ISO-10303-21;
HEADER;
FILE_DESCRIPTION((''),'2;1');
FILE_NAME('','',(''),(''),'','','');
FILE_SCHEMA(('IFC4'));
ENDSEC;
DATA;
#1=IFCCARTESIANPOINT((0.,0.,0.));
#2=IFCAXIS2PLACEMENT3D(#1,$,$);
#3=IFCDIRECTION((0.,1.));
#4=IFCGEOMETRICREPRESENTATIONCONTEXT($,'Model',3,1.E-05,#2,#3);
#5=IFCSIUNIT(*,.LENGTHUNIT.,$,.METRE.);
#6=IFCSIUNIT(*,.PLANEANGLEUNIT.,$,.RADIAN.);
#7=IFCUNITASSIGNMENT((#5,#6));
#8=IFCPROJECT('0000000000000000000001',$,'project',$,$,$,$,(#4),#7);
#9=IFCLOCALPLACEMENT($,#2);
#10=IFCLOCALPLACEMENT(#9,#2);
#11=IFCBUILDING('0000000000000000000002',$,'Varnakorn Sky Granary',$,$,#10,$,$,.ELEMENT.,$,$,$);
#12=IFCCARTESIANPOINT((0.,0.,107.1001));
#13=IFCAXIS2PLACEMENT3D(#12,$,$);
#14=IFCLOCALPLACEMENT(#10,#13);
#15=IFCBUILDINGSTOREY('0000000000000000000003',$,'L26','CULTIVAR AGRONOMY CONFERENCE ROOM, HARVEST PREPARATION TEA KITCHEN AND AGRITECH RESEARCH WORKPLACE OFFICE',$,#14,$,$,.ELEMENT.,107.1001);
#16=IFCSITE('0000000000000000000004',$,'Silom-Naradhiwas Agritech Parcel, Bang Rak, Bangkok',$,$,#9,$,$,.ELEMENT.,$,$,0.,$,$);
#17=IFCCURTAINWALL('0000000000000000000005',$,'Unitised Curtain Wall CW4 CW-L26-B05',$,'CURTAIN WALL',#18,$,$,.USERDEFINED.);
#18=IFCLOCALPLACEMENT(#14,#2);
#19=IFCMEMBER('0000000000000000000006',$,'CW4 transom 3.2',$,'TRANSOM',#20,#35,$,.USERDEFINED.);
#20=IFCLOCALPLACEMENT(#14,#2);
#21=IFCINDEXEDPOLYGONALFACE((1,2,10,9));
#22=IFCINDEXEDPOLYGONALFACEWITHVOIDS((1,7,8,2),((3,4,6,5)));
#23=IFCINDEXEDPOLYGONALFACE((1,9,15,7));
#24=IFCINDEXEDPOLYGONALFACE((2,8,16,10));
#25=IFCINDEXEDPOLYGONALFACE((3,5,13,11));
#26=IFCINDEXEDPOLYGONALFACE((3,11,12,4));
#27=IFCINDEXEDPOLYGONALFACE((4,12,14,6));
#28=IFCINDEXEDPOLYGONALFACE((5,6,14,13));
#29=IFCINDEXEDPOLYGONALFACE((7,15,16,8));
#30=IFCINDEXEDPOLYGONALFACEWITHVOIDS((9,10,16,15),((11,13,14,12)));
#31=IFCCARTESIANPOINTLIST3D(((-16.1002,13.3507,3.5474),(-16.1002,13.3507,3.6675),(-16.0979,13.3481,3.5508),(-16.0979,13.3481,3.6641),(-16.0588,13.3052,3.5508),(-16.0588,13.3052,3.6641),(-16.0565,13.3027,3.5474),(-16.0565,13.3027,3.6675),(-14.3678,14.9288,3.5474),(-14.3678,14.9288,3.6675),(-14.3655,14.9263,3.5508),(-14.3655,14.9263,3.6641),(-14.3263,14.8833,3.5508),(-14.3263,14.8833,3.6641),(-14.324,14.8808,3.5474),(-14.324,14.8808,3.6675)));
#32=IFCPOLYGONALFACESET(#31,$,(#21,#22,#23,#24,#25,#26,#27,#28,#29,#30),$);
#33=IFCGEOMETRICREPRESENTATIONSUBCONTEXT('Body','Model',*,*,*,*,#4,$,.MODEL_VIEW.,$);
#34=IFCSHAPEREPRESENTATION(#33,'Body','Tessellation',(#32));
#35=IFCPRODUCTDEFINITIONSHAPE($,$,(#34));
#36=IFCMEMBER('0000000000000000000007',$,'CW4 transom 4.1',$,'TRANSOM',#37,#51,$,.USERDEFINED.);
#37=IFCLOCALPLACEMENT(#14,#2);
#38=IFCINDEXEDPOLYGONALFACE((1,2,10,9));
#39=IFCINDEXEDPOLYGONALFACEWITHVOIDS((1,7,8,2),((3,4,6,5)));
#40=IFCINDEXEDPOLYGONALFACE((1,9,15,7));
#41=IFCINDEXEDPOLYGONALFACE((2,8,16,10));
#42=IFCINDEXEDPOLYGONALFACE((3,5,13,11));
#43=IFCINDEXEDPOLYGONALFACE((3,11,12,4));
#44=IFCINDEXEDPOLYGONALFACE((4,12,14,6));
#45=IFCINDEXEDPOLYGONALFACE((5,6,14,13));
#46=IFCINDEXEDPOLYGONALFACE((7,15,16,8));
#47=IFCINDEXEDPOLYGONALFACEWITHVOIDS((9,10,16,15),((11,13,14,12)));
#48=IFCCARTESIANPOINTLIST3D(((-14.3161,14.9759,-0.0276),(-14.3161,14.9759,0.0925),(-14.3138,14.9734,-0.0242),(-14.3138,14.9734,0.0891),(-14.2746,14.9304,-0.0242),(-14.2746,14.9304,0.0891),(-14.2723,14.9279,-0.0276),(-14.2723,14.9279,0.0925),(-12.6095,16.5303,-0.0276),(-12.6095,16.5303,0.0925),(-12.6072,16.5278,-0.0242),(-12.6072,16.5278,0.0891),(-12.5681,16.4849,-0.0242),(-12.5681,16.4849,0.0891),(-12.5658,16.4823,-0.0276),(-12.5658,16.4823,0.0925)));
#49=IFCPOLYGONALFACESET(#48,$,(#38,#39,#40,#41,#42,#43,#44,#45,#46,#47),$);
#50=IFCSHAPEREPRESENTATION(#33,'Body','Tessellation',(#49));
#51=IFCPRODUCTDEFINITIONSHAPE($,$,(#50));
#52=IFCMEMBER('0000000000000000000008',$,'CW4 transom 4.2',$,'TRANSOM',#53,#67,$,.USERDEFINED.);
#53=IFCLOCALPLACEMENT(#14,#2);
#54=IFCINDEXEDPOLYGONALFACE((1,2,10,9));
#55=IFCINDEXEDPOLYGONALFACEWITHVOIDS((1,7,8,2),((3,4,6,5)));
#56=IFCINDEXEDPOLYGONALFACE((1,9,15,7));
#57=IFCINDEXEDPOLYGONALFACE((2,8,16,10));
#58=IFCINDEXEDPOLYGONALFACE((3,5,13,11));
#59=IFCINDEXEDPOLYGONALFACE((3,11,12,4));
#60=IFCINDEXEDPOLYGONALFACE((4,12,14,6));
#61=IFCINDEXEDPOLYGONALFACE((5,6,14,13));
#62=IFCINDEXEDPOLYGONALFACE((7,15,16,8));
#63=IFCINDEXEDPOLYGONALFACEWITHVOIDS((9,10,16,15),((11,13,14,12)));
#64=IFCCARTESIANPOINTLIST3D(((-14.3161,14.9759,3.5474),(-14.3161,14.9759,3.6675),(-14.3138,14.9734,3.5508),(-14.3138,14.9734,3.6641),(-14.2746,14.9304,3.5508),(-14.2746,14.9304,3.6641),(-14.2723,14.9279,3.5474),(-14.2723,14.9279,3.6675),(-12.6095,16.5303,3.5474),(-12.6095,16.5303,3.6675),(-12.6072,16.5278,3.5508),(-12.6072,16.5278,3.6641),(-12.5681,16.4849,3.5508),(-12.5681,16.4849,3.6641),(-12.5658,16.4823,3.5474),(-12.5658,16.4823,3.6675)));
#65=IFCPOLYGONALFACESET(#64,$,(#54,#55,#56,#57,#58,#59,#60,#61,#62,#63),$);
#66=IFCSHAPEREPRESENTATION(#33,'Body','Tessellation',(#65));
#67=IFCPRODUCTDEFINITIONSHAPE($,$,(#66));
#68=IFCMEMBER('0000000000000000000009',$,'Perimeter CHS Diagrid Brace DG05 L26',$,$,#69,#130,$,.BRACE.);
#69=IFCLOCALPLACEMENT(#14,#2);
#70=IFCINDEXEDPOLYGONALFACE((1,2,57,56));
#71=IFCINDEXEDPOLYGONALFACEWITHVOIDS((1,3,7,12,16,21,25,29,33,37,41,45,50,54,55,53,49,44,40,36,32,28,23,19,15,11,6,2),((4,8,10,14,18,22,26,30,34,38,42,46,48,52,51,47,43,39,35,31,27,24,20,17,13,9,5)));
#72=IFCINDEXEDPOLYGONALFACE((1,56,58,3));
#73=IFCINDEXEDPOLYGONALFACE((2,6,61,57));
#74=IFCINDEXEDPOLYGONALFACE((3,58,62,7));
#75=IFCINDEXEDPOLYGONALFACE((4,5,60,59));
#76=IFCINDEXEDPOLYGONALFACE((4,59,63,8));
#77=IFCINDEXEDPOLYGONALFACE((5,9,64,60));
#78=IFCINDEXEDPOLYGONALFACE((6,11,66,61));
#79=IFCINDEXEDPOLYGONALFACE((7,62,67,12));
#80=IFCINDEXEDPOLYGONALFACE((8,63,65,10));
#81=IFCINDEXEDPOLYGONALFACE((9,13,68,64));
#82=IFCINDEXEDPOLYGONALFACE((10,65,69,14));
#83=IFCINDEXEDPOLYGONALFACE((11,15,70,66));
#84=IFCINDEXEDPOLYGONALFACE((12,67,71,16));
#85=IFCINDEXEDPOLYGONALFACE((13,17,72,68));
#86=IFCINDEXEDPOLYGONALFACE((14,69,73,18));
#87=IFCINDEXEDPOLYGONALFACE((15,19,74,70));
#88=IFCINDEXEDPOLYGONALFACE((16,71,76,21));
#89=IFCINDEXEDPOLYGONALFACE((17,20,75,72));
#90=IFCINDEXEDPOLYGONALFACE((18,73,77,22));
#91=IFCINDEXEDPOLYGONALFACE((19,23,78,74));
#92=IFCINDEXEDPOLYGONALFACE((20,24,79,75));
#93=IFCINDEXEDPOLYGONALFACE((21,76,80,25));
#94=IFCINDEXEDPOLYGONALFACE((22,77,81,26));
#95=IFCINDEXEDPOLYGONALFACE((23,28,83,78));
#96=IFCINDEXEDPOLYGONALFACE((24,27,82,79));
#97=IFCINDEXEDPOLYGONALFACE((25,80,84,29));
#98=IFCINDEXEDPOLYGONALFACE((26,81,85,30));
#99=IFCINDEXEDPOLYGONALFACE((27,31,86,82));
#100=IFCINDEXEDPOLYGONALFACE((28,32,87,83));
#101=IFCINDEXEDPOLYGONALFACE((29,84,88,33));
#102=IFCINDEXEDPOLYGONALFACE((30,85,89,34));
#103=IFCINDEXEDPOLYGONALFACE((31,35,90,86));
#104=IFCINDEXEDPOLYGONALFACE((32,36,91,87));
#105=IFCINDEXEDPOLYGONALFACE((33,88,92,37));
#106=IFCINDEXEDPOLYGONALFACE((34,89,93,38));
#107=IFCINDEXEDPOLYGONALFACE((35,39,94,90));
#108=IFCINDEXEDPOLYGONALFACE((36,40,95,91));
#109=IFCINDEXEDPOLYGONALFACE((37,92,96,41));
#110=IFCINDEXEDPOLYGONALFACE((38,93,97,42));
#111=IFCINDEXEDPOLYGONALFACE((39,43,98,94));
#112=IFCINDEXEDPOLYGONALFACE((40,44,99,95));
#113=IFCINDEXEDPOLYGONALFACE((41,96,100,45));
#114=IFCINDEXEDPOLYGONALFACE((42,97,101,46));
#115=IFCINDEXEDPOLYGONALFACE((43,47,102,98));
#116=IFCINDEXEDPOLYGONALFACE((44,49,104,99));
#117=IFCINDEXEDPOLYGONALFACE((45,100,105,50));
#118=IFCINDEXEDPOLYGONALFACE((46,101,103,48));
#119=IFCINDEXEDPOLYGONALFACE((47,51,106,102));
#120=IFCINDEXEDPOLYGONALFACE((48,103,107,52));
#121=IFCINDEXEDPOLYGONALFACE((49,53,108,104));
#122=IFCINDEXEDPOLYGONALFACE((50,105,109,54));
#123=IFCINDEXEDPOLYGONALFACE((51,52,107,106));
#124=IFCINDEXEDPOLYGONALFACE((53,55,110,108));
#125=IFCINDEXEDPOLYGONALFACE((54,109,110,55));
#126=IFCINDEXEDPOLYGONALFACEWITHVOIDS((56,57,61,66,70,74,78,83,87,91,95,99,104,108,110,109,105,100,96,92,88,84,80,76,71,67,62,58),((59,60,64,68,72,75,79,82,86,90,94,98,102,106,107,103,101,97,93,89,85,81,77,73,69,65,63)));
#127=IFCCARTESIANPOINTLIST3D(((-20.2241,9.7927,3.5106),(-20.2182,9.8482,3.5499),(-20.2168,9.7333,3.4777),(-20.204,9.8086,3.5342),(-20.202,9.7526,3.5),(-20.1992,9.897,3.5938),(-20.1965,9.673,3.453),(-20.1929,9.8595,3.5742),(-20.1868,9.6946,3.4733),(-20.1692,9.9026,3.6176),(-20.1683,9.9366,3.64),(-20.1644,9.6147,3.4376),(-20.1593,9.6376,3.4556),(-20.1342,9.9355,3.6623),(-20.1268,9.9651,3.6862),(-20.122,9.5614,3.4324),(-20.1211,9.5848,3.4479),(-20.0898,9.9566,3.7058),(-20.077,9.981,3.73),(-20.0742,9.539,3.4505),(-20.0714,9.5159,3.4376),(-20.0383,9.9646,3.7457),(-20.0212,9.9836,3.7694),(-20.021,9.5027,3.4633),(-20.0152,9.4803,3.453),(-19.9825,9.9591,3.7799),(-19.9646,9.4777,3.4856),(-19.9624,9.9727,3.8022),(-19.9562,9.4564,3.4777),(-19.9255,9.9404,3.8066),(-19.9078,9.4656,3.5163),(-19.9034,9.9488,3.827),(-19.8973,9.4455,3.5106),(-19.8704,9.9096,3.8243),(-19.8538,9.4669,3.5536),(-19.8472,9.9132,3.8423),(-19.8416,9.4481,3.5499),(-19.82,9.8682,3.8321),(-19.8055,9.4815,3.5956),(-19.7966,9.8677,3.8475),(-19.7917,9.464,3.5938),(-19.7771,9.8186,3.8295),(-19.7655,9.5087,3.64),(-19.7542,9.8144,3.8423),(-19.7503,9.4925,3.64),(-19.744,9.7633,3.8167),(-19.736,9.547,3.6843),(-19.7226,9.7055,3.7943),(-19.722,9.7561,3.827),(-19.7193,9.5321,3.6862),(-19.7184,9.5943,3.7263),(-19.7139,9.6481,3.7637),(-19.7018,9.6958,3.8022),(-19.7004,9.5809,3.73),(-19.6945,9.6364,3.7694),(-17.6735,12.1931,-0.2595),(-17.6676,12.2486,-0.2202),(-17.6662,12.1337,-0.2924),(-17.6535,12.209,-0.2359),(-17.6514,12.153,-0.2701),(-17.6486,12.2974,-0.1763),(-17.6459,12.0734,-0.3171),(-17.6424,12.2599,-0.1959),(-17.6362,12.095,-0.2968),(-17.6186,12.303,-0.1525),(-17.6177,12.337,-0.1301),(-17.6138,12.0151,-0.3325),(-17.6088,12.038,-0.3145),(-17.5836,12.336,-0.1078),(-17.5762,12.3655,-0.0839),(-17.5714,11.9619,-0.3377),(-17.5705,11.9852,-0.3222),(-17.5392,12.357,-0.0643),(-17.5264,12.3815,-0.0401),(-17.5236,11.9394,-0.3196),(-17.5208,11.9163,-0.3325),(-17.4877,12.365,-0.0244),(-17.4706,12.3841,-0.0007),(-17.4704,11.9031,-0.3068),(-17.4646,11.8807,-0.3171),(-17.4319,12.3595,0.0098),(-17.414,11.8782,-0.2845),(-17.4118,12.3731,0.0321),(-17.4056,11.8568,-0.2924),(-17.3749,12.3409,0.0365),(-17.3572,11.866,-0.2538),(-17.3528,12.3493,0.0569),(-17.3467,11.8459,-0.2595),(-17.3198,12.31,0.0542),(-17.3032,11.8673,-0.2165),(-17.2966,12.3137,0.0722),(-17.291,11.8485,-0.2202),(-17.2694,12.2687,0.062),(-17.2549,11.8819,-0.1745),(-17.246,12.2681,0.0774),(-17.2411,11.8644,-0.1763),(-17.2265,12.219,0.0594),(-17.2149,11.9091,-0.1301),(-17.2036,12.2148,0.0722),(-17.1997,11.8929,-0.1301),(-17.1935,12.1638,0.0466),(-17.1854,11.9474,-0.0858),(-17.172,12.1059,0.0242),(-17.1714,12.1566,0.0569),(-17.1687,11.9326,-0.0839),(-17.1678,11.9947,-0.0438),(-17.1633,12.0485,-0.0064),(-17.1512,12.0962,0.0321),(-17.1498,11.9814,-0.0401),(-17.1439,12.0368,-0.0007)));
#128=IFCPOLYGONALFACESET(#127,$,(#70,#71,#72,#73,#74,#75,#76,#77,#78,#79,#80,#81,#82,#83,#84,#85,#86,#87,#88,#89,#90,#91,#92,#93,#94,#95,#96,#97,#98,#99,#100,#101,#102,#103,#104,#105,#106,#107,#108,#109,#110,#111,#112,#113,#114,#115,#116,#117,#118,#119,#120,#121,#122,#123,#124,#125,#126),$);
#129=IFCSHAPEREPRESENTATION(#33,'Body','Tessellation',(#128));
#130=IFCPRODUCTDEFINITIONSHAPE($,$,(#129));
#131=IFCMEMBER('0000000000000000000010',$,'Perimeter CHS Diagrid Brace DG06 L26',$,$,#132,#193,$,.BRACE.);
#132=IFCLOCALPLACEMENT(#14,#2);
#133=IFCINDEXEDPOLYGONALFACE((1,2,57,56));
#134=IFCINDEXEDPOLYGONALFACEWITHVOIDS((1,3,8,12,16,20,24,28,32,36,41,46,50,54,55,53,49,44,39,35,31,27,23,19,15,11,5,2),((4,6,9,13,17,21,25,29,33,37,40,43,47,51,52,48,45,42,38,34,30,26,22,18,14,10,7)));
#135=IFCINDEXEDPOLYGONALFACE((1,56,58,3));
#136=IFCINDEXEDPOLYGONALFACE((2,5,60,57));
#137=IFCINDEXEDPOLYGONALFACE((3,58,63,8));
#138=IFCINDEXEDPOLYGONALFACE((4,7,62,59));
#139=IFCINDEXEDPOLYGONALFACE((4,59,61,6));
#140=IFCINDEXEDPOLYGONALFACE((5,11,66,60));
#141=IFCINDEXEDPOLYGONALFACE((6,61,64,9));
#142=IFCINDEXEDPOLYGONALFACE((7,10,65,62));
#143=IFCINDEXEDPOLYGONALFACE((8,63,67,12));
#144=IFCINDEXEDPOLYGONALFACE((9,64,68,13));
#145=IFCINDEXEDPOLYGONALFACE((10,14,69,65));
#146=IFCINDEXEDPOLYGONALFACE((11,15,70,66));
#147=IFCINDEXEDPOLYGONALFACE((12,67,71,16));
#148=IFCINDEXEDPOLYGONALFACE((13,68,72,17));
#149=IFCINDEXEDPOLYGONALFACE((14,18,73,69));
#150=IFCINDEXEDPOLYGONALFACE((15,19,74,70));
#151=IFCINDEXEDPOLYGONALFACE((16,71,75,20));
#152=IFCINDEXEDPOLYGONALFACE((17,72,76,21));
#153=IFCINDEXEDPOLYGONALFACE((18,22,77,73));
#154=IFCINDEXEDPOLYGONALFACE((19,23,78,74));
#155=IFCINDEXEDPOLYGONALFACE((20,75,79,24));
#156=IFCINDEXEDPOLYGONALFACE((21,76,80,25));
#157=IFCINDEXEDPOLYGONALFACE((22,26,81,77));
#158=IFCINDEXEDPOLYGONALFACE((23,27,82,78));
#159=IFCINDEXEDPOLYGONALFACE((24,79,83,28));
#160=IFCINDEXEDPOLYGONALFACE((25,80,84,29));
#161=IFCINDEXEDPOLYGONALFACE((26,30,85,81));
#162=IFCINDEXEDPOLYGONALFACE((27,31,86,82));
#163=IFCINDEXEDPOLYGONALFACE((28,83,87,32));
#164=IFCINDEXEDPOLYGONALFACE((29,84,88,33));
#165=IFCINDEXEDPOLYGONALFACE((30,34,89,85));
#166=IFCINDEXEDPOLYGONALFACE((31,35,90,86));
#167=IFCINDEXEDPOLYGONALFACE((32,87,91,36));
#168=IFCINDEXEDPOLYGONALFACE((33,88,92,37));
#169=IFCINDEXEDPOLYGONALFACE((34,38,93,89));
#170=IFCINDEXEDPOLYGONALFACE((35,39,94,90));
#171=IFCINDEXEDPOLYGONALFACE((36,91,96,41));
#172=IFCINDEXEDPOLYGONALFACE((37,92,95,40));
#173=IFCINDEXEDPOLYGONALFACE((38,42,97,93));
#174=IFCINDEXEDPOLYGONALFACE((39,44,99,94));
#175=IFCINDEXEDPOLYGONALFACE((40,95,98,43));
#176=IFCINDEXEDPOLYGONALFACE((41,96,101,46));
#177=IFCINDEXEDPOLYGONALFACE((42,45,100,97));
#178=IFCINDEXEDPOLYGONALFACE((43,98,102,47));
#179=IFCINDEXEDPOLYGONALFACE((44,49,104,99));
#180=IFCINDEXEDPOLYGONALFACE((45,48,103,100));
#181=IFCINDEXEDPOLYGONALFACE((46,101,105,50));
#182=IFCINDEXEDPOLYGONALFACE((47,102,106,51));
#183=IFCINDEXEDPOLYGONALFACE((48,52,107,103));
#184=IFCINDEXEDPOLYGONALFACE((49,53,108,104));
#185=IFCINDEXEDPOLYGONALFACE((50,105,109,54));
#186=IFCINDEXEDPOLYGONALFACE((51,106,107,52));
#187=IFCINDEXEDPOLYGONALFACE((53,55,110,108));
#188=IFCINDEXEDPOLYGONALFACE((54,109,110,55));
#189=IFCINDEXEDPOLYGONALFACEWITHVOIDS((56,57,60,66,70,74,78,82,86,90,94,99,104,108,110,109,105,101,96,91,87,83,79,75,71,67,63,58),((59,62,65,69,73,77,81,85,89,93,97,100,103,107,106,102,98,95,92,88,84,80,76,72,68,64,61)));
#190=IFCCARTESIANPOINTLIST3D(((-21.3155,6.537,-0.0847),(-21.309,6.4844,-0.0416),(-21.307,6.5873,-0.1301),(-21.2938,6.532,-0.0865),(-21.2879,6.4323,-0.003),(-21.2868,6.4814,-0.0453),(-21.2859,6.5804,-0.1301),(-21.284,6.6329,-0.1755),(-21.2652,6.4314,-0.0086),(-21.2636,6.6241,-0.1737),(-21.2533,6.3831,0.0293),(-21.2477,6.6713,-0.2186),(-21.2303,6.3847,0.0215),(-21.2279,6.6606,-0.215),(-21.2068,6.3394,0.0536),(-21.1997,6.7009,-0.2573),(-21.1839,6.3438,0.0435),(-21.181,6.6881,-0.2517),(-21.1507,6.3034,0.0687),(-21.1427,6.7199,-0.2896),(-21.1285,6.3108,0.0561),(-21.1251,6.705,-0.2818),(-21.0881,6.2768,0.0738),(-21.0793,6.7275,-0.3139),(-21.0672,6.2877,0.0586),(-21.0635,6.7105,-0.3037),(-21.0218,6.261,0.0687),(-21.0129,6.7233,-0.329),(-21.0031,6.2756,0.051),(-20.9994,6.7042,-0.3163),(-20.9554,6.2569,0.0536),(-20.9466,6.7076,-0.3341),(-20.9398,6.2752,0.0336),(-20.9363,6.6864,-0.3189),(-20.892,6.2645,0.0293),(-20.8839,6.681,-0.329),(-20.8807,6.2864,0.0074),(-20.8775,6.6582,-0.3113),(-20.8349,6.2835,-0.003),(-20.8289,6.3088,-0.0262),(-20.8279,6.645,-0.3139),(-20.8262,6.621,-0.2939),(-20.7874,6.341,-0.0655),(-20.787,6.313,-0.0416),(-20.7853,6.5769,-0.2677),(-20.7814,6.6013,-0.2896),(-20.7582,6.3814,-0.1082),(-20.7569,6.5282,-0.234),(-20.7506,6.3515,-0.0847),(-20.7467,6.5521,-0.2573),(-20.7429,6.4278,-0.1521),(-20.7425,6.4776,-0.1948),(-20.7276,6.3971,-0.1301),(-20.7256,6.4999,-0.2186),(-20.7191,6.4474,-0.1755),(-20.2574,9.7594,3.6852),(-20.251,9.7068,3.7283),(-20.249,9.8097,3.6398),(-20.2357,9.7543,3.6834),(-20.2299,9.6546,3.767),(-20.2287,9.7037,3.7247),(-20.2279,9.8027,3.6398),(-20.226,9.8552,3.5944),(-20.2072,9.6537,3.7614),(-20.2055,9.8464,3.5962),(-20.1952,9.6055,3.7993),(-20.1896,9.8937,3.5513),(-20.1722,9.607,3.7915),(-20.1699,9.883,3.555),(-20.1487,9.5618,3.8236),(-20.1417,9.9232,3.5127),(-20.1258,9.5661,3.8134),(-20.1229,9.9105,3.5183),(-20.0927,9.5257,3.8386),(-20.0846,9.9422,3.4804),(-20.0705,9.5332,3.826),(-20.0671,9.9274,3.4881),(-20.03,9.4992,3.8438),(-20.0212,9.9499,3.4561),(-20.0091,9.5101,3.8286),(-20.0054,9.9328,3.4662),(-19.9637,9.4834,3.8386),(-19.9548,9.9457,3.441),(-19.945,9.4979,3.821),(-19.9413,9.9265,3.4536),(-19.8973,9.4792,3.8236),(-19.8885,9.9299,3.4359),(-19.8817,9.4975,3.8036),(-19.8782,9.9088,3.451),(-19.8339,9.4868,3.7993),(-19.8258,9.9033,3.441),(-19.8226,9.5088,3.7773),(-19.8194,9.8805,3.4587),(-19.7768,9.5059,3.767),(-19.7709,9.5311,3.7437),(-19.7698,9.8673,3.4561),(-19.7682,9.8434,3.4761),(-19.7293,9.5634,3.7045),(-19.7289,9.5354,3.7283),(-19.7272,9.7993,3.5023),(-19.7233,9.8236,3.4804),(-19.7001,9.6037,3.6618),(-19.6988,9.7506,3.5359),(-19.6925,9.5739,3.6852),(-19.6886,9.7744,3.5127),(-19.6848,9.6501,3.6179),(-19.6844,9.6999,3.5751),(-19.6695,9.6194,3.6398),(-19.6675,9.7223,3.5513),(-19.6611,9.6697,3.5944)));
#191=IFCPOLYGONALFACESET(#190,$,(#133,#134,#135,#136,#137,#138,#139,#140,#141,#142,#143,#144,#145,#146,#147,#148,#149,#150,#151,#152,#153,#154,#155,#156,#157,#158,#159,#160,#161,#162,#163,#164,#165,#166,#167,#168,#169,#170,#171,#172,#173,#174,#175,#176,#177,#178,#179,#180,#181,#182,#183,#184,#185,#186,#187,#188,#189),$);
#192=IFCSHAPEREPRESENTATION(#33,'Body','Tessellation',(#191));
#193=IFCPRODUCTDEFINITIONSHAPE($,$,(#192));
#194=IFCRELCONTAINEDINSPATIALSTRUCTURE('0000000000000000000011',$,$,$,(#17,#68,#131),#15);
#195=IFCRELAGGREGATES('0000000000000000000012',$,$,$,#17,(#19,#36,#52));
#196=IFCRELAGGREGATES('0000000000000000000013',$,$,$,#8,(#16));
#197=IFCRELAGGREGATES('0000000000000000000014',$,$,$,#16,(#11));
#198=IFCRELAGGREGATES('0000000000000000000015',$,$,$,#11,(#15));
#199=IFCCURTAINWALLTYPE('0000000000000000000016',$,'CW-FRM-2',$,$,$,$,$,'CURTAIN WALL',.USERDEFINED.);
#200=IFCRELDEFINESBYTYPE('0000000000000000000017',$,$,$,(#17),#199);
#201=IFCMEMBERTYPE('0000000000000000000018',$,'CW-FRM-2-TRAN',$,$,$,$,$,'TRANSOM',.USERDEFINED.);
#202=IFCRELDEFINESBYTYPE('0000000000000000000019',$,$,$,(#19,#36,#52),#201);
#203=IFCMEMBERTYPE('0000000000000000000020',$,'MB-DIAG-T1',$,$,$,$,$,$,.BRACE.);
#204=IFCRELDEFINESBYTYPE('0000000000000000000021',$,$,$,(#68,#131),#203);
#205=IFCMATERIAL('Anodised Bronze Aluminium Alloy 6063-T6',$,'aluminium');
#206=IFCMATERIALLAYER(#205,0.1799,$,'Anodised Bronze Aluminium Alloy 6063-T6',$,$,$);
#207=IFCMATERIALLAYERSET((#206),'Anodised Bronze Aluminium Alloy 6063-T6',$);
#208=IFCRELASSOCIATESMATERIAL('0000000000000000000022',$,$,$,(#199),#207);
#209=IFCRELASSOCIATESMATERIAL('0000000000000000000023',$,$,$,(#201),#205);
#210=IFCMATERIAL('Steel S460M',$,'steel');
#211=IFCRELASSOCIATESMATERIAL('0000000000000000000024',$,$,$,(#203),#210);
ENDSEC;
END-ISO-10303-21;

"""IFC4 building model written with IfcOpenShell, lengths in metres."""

from ifc_helpers import new_model, si_unit, direction, frame, origin, origin_2d, place, context, subcontext, project, spatial, hollow_rectangle, hollow_circle, extrude, material, layer, layer_set, material_profile, profile_set, type_object, element, aggregate, save


model = new_model("IFC4")

# Units and contexts
model_context = context("Model", 3, precision=1e-05, world=origin(), true_north=direction((0.0, 1.0)))
body_context = subcontext(model_context, "Body", "Model", "MODEL_VIEW")
ifc_project = project(units=[si_unit("LENGTHUNIT", "METRE"), si_unit("PLANEANGLEUNIT", "RADIAN")], contexts=[model_context])

# Site, building, storey
site_placement = place(None, origin())
site = spatial("IfcSite", under=ifc_project, at=site_placement, Name="Silom-Naradhiwas Agritech Parcel, Bang Rak, Bangkok", CompositionType="ELEMENT", RefElevation=0.0)
building_placement = place(site_placement, origin())
building = spatial("IfcBuilding", under=site, at=building_placement, Name="Varnakorn Sky Granary", CompositionType="ELEMENT")
storey_placement = place(building_placement, frame((0.0, 0.0, 107.1001)))
storey = spatial("IfcBuildingStorey", under=building, at=storey_placement, Name="L26", Description="CULTIVAR AGRONOMY CONFERENCE ROOM, HARVEST PREPARATION TEA KITCHEN AND AGRITECH RESEARCH WORKPLACE OFFICE", CompositionType="ELEMENT", Elevation=107.1001)

# Shared definitions
ifc_material_1 = material(Name="Steel S460M", Category="steel")

# Curtain wall
ifc_material_2 = material(Name="Anodised Bronze Aluminium Alloy 6063-T6", Category="aluminium")
ifc_layer_1 = layer(ifc_material_2, 0.1799, Name="Anodised Bronze Aluminium Alloy 6063-T6")
ifc_layer_set_1 = layer_set([ifc_layer_1], Name="Anodised Bronze Aluminium Alloy 6063-T6")
curtain_wall_type = type_object("IfcCurtainWallType", Name="CW-FRM-2", ElementType="CURTAIN WALL", PredefinedType="USERDEFINED", material=ifc_layer_set_1)
curtain_wall_1_placement = place(storey_placement, origin())
curtain_wall_1 = element("IfcCurtainWall", 1, at=curtain_wall_1_placement, inside=storey, type_object=curtain_wall_type, Name="Unitised Curtain Wall CW4 CW-L26-B05", ObjectType="CURTAIN WALL", PredefinedType="USERDEFINED")

# Members
ifc_material_profile_1 = material_profile(ifc_material_2, hollow_rectangle(XDim=0.0649, YDim=0.1201, WallThickness=0.0034, at=origin_2d()), Name="ALU TRAN 65x120")
ifc_profile_set_1 = profile_set([ifc_material_profile_1], Name="Anodised Bronze Aluminium Alloy 6063-T6")
member_type_1 = type_object("IfcMemberType", Name="CW-FRM-2-TRAN", ElementType="TRANSOM", PredefinedType="USERDEFINED", material=ifc_profile_set_1)
member_1_placement = place(storey_placement, frame((-16.0784, 13.3267, 3.6074), z_axis=(0.739261, 0.673419, 0.0), x_axis=(-0.673419, 0.739261, 0.0)))
member_1 = element("IfcMember", 2, at=member_1_placement, type_object=member_type_1, Name="CW4 transom 3.2", ObjectType="TRANSOM", PredefinedType="USERDEFINED", context=body_context, shape_type="SweptSolid", body=[
    extrude(hollow_rectangle(XDim=0.0649, YDim=0.1201, WallThickness=0.0034, at=origin_2d()), origin(), (0.0, 0.0, 1.0), 2.3435),
])
member_2_placement = place(storey_placement, frame((-14.2942, 14.9519, 0.0325), z_axis=(0.739284, 0.673394, 0.0), x_axis=(-0.673394, 0.739284, 0.0)))
member_2 = element("IfcMember", 3, at=member_2_placement, type_object=member_type_1, Name="CW4 transom 4.1", ObjectType="TRANSOM", PredefinedType="USERDEFINED", context=body_context, shape_type="SweptSolid", body=[
    extrude(hollow_rectangle(XDim=0.0649, YDim=0.1201, WallThickness=0.0034, at=origin_2d()), origin(), (0.0, 0.0, 1.0), 2.3083),
])
member_3_placement = place(storey_placement, frame((-14.2942, 14.9519, 3.6074), z_axis=(0.739284, 0.673394, 0.0), x_axis=(-0.673394, 0.739284, 0.0)))
member_3 = element("IfcMember", 4, at=member_3_placement, type_object=member_type_1, Name="CW4 transom 4.2", ObjectType="TRANSOM", PredefinedType="USERDEFINED", context=body_context, shape_type="SweptSolid", body=[
    extrude(hollow_rectangle(XDim=0.0649, YDim=0.1201, WallThickness=0.0034, at=origin_2d()), origin(), (0.0, 0.0, 1.0), 2.3083),
])

# Members
ifc_material_profile_2 = material_profile(ifc_material_1, hollow_circle(Radius=0.3049, WallThickness=0.0222, at=origin_2d()), Name="CHS 610x22")
ifc_profile_set_2 = profile_set([ifc_material_profile_2], Name="Steel S460M")
member_type_2 = type_object("IfcMemberType", Name="MB-DIAG-T1", PredefinedType="BRACE", material=ifc_profile_set_2)
member_4_placement = place(storey_placement, frame((-17.4087, 12.115, -0.1301), z_axis=(-0.495646, -0.466468, 0.732628), x_axis=(0.685347, -0.728216, 0.0)))
element("IfcMember", 5, at=member_4_placement, inside=storey, type_object=member_type_2, Name="Perimeter CHS Diagrid Brace DG05 L26", PredefinedType="BRACE", context=body_context, shape_type="SweptSolid", body=[
    extrude(hollow_circle(Radius=0.3049, WallThickness=0.0222, at=origin_2d()), origin(), (0.0, 0.0, 1.0), 5.146),
])
member_5_placement = place(storey_placement, frame((-21.0173, 6.4922, -0.1301), z_axis=(0.208652, 0.63544, 0.743425), x_axis=(-0.950092, 0.31197, 0.0)))
element("IfcMember", 6, at=member_5_placement, inside=storey, type_object=member_type_2, Name="Perimeter CHS Diagrid Brace DG06 L26", PredefinedType="BRACE", context=body_context, shape_type="SweptSolid", body=[
    extrude(hollow_circle(Radius=0.3049, WallThickness=0.0222, at=origin_2d()), origin(), (0.0, 0.0, 1.0), 5.071),
])

aggregate(curtain_wall_1, [member_1, member_2, member_3])

save(model, "model.ifc")
